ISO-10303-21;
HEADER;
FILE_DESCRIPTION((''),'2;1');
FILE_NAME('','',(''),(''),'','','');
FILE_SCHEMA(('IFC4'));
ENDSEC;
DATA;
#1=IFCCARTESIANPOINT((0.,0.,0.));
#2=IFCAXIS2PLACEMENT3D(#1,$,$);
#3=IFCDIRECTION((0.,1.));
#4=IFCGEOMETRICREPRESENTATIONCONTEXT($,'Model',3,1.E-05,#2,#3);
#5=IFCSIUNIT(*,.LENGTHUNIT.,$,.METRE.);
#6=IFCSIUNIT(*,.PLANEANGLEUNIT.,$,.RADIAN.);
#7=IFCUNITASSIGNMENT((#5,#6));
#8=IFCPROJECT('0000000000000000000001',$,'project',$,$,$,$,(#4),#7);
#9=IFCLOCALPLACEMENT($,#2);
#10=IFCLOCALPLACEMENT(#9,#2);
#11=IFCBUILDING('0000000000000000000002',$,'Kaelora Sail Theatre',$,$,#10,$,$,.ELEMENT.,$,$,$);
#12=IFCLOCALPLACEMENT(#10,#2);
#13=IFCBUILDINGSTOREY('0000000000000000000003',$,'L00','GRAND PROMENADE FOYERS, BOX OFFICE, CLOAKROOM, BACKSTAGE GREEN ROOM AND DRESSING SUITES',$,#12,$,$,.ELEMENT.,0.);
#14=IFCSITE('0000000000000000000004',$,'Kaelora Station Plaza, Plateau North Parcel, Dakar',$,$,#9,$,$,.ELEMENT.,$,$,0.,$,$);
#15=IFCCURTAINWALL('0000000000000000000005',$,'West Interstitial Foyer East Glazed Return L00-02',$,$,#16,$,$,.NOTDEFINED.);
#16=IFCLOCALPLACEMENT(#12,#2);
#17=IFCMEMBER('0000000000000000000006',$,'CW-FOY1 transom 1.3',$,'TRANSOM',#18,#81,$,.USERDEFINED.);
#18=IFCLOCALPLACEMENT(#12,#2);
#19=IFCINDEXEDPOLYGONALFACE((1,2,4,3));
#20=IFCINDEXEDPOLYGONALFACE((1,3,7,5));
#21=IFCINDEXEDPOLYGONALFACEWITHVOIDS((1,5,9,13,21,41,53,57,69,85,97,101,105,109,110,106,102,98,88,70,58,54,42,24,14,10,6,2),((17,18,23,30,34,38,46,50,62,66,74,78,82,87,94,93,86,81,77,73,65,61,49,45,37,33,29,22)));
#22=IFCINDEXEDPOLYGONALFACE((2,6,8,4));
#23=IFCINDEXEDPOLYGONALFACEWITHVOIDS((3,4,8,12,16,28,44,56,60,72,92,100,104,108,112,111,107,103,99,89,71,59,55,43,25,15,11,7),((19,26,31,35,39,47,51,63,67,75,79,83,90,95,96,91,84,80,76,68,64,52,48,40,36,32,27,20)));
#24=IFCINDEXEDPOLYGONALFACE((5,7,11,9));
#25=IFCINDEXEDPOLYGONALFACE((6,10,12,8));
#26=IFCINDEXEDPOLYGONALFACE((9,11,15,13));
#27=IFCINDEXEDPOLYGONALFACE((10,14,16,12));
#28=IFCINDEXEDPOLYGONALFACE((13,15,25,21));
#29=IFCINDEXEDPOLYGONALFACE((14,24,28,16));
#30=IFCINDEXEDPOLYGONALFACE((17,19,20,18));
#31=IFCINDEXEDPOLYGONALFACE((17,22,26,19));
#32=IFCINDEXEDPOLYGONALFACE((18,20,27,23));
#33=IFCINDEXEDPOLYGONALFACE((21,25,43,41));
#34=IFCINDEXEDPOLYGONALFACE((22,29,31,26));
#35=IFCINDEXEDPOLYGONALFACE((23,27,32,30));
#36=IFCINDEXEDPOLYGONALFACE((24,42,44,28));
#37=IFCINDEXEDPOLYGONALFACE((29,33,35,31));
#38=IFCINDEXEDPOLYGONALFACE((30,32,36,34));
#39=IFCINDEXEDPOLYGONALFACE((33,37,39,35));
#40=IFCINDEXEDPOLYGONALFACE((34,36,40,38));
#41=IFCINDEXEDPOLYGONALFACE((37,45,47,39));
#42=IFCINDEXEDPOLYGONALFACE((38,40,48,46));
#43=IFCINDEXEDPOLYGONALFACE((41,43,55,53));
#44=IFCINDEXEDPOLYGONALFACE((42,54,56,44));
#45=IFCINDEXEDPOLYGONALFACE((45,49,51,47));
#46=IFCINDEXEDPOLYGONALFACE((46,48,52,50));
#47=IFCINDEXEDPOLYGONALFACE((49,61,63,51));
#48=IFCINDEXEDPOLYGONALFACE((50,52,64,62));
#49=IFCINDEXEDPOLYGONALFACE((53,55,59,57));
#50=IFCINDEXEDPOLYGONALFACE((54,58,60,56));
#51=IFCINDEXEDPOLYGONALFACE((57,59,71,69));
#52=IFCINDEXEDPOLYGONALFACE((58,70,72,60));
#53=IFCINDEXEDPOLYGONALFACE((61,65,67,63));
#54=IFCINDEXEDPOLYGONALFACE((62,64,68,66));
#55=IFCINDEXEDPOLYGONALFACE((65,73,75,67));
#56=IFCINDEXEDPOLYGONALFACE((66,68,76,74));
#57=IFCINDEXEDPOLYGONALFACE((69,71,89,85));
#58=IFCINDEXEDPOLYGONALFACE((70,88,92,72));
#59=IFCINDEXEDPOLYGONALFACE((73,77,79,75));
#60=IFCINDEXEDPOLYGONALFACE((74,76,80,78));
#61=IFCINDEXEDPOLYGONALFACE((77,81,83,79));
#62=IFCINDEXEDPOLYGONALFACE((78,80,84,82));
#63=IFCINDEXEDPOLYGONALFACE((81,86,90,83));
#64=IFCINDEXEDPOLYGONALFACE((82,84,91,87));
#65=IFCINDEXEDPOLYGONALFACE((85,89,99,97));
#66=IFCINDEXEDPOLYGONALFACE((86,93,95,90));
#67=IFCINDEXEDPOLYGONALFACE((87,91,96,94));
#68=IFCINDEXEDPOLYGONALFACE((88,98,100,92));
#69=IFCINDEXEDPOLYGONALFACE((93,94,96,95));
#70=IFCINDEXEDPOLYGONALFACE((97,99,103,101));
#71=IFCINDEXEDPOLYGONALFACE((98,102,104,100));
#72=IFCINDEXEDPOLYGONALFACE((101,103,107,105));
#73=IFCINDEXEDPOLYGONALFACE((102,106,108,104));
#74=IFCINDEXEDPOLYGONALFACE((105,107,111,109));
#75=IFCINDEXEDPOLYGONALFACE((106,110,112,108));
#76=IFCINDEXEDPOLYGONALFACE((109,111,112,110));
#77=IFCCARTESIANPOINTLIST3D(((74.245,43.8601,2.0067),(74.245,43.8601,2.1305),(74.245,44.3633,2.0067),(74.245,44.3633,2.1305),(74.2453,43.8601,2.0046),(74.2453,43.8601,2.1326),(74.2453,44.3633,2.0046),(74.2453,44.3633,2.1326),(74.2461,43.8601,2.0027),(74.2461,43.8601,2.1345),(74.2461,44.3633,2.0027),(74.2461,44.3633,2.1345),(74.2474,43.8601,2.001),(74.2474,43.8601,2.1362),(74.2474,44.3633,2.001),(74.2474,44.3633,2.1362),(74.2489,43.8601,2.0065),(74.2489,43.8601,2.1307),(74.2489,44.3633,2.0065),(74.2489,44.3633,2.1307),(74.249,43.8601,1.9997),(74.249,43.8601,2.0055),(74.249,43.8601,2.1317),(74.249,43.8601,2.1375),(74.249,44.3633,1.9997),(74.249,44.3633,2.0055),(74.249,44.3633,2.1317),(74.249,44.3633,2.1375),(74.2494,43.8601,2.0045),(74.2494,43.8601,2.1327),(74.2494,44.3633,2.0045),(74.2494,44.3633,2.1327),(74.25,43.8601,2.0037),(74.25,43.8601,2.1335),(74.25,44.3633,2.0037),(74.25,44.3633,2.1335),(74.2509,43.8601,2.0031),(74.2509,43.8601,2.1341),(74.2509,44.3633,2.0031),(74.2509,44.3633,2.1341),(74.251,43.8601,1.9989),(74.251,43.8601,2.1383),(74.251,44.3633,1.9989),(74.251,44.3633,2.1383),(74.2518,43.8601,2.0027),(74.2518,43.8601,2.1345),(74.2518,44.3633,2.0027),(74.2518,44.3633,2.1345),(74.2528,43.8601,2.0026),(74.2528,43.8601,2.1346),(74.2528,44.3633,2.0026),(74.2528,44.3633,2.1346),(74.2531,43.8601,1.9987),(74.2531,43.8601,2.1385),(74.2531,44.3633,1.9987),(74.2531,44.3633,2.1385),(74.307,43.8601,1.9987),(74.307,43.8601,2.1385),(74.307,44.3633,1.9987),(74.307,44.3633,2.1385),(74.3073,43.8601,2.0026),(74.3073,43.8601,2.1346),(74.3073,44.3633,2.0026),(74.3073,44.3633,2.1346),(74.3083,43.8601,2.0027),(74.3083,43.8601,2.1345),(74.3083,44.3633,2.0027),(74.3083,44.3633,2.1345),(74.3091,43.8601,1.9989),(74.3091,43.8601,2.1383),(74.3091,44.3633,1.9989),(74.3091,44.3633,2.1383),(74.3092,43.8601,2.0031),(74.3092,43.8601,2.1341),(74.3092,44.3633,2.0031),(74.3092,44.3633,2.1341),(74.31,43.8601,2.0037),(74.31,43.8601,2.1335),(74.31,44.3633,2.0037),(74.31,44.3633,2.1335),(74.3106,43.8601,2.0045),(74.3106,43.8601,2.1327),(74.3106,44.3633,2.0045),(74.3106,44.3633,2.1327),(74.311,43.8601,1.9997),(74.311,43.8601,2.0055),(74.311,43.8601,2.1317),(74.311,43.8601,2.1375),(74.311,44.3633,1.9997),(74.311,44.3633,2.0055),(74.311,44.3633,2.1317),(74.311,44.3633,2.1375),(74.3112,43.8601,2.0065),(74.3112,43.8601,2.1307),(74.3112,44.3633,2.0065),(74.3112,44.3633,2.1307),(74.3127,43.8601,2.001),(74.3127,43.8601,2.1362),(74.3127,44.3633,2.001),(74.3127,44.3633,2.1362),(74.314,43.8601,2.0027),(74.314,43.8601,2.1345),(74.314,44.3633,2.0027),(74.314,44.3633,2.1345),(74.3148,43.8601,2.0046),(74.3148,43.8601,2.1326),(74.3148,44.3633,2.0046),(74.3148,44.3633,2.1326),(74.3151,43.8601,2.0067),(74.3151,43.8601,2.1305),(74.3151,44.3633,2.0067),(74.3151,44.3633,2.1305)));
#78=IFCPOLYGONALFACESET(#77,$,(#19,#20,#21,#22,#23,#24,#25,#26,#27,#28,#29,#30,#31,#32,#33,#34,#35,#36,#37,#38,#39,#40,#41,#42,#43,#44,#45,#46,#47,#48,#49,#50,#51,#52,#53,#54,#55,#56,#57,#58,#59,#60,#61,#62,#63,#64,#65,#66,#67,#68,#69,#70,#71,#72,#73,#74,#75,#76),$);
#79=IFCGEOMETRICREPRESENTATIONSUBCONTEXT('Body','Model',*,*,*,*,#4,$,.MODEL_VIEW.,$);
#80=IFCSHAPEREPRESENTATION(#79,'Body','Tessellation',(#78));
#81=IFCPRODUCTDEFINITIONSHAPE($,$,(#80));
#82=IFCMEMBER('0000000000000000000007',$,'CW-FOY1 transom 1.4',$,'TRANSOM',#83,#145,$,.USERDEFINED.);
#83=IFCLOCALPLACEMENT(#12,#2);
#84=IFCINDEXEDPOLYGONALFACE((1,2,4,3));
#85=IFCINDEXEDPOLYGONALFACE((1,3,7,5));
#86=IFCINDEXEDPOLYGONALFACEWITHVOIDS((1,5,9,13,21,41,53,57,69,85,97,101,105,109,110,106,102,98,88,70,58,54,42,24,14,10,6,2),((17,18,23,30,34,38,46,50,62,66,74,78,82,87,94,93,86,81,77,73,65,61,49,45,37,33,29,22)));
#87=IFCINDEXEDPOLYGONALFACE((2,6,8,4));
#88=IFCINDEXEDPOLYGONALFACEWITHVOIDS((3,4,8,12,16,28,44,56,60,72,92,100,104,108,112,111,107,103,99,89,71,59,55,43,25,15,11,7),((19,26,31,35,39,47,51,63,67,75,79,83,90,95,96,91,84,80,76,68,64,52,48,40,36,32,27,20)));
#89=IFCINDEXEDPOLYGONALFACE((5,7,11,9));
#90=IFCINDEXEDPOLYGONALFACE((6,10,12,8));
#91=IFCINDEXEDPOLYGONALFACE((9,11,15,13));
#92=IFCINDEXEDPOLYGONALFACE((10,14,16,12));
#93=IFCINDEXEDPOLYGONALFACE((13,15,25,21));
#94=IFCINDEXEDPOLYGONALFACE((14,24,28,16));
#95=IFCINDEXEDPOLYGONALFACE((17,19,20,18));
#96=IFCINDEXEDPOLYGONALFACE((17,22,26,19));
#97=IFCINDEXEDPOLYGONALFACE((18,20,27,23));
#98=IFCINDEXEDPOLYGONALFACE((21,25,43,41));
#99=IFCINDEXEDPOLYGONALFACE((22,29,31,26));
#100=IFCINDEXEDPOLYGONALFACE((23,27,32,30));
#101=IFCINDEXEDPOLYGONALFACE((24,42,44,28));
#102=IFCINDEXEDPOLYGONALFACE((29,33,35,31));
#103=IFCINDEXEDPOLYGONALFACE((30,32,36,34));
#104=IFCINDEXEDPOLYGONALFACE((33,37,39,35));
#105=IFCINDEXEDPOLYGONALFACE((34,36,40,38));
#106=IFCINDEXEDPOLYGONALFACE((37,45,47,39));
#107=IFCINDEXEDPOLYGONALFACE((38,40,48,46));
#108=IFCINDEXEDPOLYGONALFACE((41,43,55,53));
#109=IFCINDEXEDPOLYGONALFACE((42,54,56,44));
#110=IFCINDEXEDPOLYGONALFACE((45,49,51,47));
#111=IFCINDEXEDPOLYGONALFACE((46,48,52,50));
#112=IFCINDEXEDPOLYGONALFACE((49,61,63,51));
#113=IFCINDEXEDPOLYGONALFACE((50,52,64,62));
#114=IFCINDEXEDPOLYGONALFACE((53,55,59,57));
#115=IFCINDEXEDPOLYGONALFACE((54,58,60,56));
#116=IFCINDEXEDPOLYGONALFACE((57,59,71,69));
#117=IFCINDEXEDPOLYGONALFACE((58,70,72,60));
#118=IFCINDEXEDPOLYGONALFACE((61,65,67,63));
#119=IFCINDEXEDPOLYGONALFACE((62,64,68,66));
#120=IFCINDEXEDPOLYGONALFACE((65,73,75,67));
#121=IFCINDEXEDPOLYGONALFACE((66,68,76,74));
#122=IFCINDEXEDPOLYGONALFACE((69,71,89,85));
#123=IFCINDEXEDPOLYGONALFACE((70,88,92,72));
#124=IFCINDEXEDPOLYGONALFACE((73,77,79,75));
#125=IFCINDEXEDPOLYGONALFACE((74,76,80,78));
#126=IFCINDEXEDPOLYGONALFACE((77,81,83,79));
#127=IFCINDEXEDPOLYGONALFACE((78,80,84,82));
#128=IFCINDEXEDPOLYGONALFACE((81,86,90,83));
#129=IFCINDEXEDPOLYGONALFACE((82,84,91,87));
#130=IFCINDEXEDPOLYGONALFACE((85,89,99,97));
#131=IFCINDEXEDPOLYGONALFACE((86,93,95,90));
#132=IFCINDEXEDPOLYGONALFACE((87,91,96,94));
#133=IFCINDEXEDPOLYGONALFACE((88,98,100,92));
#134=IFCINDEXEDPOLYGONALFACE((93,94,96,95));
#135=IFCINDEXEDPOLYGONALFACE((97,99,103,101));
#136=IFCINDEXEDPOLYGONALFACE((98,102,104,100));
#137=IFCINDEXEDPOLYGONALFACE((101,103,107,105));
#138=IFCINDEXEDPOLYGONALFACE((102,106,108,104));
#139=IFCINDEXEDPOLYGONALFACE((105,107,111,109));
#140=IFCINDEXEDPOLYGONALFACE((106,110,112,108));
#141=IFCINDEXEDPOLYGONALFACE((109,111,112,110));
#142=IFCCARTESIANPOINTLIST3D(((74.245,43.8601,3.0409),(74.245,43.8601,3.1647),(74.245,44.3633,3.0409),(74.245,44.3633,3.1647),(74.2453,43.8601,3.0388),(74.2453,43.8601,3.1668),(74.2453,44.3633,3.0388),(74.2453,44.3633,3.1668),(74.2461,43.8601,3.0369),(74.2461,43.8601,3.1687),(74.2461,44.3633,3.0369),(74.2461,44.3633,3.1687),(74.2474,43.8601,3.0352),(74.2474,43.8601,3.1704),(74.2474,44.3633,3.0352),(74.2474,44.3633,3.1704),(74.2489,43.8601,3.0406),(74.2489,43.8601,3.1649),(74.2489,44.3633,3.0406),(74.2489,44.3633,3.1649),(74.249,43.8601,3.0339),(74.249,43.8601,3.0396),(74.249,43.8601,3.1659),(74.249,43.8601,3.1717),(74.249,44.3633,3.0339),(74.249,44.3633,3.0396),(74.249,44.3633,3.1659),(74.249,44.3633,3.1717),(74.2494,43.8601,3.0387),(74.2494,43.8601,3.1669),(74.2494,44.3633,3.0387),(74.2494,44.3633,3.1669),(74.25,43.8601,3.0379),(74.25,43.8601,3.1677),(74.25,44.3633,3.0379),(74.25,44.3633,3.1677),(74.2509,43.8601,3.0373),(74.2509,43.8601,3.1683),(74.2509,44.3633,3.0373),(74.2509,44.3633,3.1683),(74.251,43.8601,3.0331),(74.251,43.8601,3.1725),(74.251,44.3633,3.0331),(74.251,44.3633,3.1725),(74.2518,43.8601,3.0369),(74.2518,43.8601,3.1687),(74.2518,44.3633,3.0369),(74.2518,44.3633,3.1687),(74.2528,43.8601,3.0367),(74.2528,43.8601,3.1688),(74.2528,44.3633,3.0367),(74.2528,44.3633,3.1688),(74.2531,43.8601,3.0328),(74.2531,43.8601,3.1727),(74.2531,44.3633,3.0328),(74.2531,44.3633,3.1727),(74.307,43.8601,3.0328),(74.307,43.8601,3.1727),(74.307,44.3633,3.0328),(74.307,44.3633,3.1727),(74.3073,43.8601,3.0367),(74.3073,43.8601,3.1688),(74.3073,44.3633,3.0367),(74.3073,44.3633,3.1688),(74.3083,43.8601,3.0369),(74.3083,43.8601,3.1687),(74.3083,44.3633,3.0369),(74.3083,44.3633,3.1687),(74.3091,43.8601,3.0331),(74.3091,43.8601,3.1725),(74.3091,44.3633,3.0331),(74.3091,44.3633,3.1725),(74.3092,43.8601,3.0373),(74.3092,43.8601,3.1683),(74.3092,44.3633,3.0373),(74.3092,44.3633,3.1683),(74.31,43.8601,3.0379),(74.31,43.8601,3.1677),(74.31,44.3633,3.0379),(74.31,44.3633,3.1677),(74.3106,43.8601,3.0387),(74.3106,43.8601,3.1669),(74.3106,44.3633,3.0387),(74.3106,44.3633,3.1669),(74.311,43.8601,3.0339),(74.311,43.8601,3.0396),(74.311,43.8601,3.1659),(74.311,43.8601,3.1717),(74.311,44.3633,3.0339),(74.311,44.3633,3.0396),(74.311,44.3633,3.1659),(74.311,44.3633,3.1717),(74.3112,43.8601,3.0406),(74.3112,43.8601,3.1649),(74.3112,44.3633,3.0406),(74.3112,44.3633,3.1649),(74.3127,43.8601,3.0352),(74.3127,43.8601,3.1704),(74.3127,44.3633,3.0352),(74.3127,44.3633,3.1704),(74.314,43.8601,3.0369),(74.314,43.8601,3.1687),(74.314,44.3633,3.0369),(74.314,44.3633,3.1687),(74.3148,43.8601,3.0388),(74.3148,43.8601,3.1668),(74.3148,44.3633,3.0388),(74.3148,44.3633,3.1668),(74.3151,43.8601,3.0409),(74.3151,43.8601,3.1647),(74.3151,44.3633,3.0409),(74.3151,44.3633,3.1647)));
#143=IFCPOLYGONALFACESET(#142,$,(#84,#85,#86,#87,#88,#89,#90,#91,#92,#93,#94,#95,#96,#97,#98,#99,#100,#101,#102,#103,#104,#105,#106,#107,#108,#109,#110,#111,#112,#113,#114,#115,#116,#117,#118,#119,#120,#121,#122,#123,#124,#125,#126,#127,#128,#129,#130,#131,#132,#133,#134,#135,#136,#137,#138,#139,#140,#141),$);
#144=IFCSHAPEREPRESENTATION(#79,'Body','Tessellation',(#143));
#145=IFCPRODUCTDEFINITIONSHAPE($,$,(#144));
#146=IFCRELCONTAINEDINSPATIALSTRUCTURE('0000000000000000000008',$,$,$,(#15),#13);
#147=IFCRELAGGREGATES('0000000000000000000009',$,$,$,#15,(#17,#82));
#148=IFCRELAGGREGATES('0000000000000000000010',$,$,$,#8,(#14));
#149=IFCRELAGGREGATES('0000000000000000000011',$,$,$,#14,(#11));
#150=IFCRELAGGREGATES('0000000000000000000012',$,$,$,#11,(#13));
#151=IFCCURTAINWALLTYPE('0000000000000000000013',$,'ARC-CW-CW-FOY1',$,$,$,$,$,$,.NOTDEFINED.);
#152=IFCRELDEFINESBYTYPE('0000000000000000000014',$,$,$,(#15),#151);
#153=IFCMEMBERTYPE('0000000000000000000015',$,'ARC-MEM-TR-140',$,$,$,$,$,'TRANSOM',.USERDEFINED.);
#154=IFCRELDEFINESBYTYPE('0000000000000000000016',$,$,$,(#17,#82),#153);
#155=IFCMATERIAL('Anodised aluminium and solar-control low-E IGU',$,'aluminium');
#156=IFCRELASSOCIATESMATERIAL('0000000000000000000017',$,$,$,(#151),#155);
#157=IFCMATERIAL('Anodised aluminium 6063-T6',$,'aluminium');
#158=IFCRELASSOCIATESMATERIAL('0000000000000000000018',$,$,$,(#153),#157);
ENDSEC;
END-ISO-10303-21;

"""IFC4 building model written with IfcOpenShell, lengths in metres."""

from ifc_helpers import new_model, si_unit, direction, frame, origin, origin_2d, place, context, subcontext, project, spatial, hollow_rectangle, extrude, material, material_profile, profile_set, type_object, element, aggregate, save


model = new_model("IFC4")

# Units and contexts
model_context = context("Model", 3, precision=1e-05, world=origin(), true_north=direction((0.0, 1.0)))
body_context = subcontext(model_context, "Body", "Model", "MODEL_VIEW")
ifc_project = project(units=[si_unit("LENGTHUNIT", "METRE"), si_unit("PLANEANGLEUNIT", "RADIAN")], contexts=[model_context])

# Site, building, storey
site_placement = place(None, origin())
site = spatial("IfcSite", under=ifc_project, at=site_placement, Name="Kaelora Station Plaza, Plateau North Parcel, Dakar", CompositionType="ELEMENT", RefElevation=0.0)
building_placement = place(site_placement, origin())
building = spatial("IfcBuilding", under=site, at=building_placement, Name="Kaelora Sail Theatre", CompositionType="ELEMENT")
storey_placement = place(building_placement, origin())
storey = spatial("IfcBuildingStorey", under=building, at=storey_placement, Name="L00", Description="GRAND PROMENADE FOYERS, BOX OFFICE, CLOAKROOM, BACKSTAGE GREEN ROOM AND DRESSING SUITES", CompositionType="ELEMENT", Elevation=0.0)

# Curtain wall, members
ifc_material_1 = material(Name="Anodised aluminium and solar-control low-E IGU", Category="aluminium")
curtain_wall_type = type_object("IfcCurtainWallType", Name="ARC-CW-CW-FOY1", PredefinedType="NOTDEFINED", material=ifc_material_1)
curtain_wall_1_placement = place(storey_placement, origin())
curtain_wall_1 = element("IfcCurtainWall", 1, at=curtain_wall_1_placement, inside=storey, type_object=curtain_wall_type, Name="West Interstitial Foyer East Glazed Return L00-02", PredefinedType="NOTDEFINED")
ifc_material_2 = material(Name="Anodised aluminium 6063-T6", Category="aluminium")
ifc_material_profile = material_profile(ifc_material_2, hollow_rectangle(XDim=0.0701, YDim=0.1399, WallThickness=0.0039, InnerFilletRadius=0.0039, OuterFilletRadius=0.0081, at=origin_2d()), Name="ALU-TRAN 70x140x4")
ifc_profile_set = profile_set([ifc_material_profile], Name="Anodised aluminium 6063-T6")
member_type = type_object("IfcMemberType", Name="ARC-MEM-TR-140", ElementType="TRANSOM", PredefinedType="USERDEFINED", material=ifc_profile_set)
member_1_placement = place(storey_placement, frame((74.28, 43.8601, 2.0686), z_axis=(0.0, 1.0, 0.0), x_axis=(-1.0, 0.0, 0.0)))
member_1 = element("IfcMember", 2, at=member_1_placement, type_object=member_type, Name="CW-FOY1 transom 1.3", ObjectType="TRANSOM", PredefinedType="USERDEFINED", context=body_context, shape_type="SweptSolid", body=[
    extrude(hollow_rectangle(XDim=0.0701, YDim=0.1399, WallThickness=0.0039, InnerFilletRadius=0.0039, OuterFilletRadius=0.0081, at=origin_2d()), origin(), (0.0, 0.0, 1.0), 0.5032),
])
member_2_placement = place(storey_placement, frame((74.28, 43.8601, 3.1028), z_axis=(0.0, 1.0, 0.0), x_axis=(-1.0, 0.0, 0.0)))
member_2 = element("IfcMember", 3, at=member_2_placement, type_object=member_type, Name="CW-FOY1 transom 1.4", ObjectType="TRANSOM", PredefinedType="USERDEFINED", context=body_context, shape_type="SweptSolid", body=[
    extrude(hollow_rectangle(XDim=0.0701, YDim=0.1399, WallThickness=0.0039, InnerFilletRadius=0.0039, OuterFilletRadius=0.0081, at=origin_2d()), origin(), (0.0, 0.0, 1.0), 0.5032),
])

aggregate(curtain_wall_1, [member_1, member_2])

save(model, "model.ifc")
